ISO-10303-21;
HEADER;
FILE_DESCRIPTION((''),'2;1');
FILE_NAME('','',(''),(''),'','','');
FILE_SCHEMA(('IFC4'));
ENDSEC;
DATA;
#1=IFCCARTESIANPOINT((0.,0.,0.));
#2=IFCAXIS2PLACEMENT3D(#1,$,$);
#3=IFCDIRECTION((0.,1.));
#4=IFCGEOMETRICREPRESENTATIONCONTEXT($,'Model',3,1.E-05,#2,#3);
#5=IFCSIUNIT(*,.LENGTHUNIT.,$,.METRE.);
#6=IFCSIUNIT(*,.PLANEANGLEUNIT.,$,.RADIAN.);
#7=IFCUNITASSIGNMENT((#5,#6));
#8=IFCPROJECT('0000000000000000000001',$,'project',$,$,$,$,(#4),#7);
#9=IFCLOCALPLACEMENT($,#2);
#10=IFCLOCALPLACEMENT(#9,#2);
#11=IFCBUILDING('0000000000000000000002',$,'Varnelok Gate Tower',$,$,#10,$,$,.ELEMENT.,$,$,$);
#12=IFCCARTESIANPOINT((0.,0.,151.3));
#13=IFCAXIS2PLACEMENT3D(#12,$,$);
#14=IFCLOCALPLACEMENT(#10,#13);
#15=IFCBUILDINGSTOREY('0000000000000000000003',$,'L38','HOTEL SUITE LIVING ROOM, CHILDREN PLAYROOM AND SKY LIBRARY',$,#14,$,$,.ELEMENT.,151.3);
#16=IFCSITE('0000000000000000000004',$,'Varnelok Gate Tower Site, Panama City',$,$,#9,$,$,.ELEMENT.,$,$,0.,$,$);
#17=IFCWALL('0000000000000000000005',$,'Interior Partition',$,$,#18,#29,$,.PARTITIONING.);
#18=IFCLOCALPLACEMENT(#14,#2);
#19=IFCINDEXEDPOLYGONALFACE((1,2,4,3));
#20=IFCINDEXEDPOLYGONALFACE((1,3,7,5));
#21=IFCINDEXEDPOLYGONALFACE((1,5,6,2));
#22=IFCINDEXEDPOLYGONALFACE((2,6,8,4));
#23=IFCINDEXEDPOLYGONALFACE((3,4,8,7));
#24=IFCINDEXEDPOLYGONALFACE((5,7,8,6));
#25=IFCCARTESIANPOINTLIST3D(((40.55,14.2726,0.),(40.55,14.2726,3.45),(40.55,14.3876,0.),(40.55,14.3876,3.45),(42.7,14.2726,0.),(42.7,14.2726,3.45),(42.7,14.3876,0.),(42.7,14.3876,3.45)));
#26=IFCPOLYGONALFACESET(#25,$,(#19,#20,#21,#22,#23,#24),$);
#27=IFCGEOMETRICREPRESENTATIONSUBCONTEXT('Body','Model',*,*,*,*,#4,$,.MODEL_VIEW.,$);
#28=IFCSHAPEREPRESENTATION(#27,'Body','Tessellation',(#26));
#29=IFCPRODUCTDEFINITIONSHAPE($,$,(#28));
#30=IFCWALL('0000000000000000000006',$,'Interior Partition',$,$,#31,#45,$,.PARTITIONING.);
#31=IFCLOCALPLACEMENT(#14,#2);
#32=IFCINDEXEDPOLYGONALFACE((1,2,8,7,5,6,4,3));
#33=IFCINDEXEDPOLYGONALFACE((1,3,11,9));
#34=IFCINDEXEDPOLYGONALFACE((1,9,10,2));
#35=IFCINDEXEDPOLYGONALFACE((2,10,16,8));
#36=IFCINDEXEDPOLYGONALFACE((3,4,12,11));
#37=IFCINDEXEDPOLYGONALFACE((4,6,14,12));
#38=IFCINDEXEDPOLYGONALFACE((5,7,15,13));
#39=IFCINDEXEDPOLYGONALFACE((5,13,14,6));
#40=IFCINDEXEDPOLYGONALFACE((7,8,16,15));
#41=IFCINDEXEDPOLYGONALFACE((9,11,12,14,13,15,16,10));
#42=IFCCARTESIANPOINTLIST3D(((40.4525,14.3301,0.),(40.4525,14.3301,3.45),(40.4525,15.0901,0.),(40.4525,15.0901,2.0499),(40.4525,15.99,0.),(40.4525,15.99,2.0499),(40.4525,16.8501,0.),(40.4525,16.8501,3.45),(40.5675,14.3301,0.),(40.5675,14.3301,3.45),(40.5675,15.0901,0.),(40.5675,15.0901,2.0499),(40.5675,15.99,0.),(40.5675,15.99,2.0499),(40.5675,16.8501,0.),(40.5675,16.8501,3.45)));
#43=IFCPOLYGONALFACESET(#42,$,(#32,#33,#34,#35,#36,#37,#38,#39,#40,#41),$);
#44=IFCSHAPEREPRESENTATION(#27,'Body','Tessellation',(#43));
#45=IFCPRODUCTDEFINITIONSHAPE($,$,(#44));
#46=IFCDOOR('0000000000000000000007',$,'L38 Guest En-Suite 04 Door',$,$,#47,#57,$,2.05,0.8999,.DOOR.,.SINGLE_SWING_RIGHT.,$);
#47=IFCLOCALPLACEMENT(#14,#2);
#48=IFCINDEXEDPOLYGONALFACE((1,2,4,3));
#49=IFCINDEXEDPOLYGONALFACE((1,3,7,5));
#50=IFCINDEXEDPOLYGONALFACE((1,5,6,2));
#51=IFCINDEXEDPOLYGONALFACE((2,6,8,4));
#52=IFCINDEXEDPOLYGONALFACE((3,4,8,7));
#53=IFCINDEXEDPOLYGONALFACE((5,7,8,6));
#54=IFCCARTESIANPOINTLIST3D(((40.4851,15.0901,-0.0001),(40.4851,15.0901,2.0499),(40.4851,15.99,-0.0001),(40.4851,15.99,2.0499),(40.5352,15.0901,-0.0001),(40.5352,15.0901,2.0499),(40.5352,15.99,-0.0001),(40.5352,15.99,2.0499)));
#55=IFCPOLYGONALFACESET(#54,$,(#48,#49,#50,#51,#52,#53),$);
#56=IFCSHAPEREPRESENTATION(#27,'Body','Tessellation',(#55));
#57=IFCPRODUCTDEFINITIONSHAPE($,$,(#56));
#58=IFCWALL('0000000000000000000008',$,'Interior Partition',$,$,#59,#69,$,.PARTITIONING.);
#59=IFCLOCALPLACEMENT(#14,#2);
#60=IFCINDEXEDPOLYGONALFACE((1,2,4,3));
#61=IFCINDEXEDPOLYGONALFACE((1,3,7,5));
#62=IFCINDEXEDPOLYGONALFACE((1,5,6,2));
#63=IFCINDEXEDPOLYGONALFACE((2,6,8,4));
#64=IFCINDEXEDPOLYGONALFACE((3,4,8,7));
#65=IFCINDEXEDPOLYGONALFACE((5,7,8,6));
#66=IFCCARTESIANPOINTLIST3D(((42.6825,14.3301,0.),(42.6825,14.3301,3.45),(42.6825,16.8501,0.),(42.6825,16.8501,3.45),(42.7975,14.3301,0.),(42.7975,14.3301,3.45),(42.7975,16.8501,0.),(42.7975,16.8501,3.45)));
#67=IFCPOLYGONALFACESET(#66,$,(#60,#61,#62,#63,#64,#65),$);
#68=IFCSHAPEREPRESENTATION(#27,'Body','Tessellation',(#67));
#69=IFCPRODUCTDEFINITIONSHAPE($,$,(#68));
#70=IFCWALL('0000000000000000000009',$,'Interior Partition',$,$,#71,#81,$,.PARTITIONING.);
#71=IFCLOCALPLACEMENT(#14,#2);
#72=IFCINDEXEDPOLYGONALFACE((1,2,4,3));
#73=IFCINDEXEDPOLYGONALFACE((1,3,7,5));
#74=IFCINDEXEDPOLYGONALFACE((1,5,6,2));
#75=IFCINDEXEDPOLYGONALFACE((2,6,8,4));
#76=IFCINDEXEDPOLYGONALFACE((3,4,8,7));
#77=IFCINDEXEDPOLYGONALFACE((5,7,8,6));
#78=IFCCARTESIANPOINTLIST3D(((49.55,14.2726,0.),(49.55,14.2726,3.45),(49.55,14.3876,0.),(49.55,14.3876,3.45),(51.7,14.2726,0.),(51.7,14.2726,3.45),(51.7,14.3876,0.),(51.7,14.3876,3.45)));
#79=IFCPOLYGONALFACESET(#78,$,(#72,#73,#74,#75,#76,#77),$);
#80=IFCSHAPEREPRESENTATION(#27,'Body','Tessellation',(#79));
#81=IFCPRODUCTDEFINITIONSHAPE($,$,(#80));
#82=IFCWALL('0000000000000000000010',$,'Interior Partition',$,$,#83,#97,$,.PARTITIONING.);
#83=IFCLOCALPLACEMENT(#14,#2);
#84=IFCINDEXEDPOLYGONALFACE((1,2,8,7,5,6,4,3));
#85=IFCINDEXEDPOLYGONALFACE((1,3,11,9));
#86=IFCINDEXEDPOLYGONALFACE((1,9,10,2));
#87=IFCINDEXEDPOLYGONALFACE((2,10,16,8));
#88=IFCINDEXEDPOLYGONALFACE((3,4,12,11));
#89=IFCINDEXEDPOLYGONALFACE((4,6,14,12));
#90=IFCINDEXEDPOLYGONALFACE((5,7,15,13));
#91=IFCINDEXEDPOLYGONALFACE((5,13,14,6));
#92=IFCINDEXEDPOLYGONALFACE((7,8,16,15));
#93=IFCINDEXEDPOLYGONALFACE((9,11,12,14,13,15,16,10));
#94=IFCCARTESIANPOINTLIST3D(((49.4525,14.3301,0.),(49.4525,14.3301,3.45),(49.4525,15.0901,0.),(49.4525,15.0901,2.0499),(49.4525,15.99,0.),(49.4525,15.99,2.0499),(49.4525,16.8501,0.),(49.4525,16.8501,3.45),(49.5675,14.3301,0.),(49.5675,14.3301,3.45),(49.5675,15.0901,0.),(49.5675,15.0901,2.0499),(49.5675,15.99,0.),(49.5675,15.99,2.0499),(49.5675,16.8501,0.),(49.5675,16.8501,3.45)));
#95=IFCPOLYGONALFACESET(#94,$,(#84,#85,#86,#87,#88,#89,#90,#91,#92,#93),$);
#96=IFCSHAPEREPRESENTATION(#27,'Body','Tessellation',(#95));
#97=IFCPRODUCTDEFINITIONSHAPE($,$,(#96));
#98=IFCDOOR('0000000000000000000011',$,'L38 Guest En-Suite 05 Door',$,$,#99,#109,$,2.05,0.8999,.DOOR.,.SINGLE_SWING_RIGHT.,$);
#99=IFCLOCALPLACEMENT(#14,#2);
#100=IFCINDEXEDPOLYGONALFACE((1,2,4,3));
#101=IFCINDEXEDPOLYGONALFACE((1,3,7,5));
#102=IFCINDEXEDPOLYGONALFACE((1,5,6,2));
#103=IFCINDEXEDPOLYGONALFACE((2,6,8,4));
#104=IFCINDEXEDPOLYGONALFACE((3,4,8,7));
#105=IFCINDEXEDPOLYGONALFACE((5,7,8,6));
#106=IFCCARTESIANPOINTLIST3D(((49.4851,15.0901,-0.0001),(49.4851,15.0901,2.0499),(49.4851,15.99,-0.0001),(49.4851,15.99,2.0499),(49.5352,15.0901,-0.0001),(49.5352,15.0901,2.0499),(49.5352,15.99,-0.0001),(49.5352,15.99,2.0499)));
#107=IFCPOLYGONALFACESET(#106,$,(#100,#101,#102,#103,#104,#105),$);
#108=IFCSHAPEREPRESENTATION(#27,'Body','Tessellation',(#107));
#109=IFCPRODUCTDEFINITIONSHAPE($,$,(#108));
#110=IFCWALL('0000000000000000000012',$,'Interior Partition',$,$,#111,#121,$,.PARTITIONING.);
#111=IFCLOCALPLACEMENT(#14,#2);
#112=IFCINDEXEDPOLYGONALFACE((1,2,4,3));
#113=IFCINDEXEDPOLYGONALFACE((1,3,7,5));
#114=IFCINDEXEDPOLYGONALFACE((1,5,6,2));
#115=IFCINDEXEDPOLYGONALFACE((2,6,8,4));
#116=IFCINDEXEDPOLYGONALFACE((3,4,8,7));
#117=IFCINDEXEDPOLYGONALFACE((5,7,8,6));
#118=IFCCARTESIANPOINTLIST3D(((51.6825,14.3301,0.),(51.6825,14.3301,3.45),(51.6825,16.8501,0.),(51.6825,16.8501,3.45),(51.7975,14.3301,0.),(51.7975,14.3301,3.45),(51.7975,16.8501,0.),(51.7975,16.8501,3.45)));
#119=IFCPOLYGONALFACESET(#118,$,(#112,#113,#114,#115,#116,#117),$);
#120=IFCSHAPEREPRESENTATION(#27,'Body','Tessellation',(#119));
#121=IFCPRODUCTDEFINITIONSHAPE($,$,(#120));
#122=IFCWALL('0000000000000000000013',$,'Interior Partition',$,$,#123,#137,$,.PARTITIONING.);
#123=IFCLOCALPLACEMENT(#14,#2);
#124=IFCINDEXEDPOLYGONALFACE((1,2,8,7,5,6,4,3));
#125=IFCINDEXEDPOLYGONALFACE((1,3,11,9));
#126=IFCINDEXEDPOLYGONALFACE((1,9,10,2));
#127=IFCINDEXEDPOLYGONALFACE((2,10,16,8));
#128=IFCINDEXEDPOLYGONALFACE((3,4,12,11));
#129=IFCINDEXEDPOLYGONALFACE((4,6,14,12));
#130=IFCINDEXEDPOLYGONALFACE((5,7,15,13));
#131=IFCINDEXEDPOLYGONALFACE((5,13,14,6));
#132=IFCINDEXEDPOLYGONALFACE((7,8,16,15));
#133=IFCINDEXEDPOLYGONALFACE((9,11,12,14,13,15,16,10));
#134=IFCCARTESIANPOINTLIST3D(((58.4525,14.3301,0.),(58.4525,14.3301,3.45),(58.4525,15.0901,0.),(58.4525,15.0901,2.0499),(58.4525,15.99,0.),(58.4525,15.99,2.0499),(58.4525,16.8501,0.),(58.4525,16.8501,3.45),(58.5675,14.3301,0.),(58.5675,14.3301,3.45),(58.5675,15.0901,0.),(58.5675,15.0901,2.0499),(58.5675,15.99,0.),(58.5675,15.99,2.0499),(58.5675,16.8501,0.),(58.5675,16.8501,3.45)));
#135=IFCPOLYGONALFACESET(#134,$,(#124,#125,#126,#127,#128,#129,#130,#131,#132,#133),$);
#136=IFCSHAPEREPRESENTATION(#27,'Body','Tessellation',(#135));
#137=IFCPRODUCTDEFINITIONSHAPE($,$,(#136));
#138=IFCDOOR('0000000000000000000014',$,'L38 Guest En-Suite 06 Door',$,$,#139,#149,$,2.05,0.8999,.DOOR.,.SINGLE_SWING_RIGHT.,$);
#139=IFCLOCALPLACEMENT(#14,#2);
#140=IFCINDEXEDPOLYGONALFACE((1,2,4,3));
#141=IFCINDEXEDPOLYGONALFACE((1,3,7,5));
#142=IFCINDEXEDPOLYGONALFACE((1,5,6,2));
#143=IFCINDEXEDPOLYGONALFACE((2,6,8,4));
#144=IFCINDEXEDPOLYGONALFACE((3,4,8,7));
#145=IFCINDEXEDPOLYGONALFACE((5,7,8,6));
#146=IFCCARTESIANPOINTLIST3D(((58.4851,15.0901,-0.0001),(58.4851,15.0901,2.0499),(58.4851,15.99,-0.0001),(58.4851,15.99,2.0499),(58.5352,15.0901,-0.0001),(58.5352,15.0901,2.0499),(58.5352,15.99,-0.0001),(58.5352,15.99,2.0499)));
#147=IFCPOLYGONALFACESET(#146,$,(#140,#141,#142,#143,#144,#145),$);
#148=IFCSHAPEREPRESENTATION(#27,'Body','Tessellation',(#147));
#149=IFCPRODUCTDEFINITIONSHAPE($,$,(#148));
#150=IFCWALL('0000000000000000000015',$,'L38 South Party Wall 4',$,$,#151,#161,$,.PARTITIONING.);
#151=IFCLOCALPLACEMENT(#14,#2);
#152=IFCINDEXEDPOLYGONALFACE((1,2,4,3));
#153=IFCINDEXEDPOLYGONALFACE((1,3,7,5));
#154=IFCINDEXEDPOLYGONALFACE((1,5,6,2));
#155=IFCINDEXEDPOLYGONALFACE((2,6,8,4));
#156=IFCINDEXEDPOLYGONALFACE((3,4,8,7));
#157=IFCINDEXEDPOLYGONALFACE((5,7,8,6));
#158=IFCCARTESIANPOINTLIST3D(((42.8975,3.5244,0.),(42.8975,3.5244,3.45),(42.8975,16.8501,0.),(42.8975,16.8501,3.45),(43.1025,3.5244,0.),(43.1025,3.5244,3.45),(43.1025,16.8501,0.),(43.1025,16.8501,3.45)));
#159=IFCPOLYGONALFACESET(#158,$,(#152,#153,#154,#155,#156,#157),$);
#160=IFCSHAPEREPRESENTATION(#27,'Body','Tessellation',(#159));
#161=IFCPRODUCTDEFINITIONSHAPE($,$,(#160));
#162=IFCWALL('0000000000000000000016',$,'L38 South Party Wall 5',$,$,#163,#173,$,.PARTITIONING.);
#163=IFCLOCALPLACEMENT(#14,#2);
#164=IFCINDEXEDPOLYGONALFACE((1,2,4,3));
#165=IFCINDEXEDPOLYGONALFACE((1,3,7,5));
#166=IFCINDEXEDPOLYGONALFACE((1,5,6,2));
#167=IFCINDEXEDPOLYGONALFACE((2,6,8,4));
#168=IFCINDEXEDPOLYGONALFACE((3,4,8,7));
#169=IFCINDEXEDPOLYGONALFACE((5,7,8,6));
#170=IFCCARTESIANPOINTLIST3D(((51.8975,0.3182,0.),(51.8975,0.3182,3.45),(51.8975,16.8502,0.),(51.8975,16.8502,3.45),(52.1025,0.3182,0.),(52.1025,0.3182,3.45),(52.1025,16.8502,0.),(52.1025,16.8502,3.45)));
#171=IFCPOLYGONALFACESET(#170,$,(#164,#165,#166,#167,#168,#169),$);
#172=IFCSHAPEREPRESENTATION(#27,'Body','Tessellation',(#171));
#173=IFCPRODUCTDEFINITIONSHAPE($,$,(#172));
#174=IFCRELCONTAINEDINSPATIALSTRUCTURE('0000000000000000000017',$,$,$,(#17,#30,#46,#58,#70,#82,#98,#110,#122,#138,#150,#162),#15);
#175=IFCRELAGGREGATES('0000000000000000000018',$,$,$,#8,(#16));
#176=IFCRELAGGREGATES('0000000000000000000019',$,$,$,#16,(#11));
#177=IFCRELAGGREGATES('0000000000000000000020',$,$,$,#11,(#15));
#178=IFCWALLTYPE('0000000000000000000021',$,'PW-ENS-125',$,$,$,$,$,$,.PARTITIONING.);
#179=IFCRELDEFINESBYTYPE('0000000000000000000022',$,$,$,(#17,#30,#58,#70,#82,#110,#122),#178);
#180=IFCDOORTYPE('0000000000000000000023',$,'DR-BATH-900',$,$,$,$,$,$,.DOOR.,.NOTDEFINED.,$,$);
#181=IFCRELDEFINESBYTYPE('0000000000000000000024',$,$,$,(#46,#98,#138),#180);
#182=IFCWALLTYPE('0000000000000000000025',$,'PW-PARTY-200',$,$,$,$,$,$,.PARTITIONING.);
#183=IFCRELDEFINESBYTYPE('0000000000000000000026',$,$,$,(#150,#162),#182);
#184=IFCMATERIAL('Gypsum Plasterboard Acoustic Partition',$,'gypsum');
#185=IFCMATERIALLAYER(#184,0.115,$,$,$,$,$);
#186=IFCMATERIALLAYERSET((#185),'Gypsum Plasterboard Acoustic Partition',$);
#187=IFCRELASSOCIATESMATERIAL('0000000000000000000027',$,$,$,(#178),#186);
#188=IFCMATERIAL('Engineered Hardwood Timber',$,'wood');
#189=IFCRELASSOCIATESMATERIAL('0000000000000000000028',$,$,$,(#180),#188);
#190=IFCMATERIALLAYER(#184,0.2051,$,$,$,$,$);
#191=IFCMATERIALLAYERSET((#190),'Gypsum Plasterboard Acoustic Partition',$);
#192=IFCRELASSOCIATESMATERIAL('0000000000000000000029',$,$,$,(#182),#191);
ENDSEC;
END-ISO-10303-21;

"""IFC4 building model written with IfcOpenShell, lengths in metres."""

from ifc_helpers import new_model, si_unit, direction, frame, frame_2d, origin, place, context, subcontext, project, spatial, rectangle, extrude, material, layer, layer_set, type_object, element, fill, save


model = new_model("IFC4")

# Units and contexts
model_context = context("Model", 3, precision=1e-05, world=origin(), true_north=direction((0.0, 1.0)))
body_context = subcontext(model_context, "Body", "Model", "MODEL_VIEW")
ifc_project = project(units=[si_unit("LENGTHUNIT", "METRE"), si_unit("PLANEANGLEUNIT", "RADIAN")], contexts=[model_context])

# Site, building, storey
site_placement = place(None, origin())
site = spatial("IfcSite", under=ifc_project, at=site_placement, Name="Varnelok Gate Tower Site, Panama City", CompositionType="ELEMENT", RefElevation=0.0)
building_placement = place(site_placement, origin())
building = spatial("IfcBuilding", under=site, at=building_placement, Name="Varnelok Gate Tower", CompositionType="ELEMENT")
storey_placement = place(building_placement, frame((0.0, 0.0, 151.3)))
storey = spatial("IfcBuildingStorey", under=building, at=storey_placement, Name="L38", Description="HOTEL SUITE LIVING ROOM, CHILDREN PLAYROOM AND SKY LIBRARY", CompositionType="ELEMENT", Elevation=151.3)

# Wall
ifc_material_1 = material(Name="Gypsum Plasterboard Acoustic Partition", Category="gypsum")
ifc_layer_1 = layer(ifc_material_1, 0.115)
ifc_layer_set_1 = layer_set([ifc_layer_1], Name="Gypsum Plasterboard Acoustic Partition")
wall_type_1 = type_object("IfcWallType", Name="PW-ENS-125", PredefinedType="PARTITIONING", material=ifc_layer_set_1)
wall_1_placement = place(storey_placement, frame((40.55, 14.3301, 0.0), z_axis=(0.0, 0.0, 1.0), x_axis=(1.0, 0.0, 0.0)))
element("IfcWall", 1, at=wall_1_placement, inside=storey, type_object=wall_type_1, Name="Interior Partition", PredefinedType="PARTITIONING", context=body_context, shape_type="SweptSolid", body=[
    extrude(rectangle(XDim=2.1499, YDim=0.115, at=frame_2d((1.075, 0.0))), origin(), (0.0, 0.0, 1.0), 3.45),
])

# Wall, opening, door
wall_2_placement = place(storey_placement, frame((40.51, 14.3301, 0.0), z_axis=(0.0, 0.0, 1.0), x_axis=(0.0, 1.0, 0.0)))
wall_2 = element("IfcWall", 2, at=wall_2_placement, inside=storey, type_object=wall_type_1, Name="Interior Partition", PredefinedType="PARTITIONING", context=body_context, shape_type="SweptSolid", body=[
    extrude(rectangle(XDim=2.52, YDim=0.115, at=frame_2d((1.26, 0.0))), origin(), (0.0, 0.0, 1.0), 3.45),
])
opening_1_placement = place(wall_2_placement, frame((0.76, 0.0, 0.0)))
opening_1 = element("IfcOpeningElement", 3, at=opening_1_placement, cuts=wall_2, PredefinedType="OPENING", context=body_context, shape_type="SweptSolid", body=[
    extrude(rectangle(XDim=0.8999, YDim=2.05, at=frame_2d((0.45, 1.0249))), frame((0.0, 0.0674, 0.0), z_axis=(0.0, -1.0, 0.0), x_axis=(1.0, 0.0, 0.0)), (0.0, 0.0, 1.0), 0.135),
])
ifc_material_2 = material(Name="Engineered Hardwood Timber", Category="wood")
door_type_1 = type_object("IfcDoorType", Name="DR-BATH-900", OperationType="NOTDEFINED", PredefinedType="DOOR", material=ifc_material_2)
door_1_placement = place(opening_1_placement, origin())
door_1 = element("IfcDoor", 4, at=door_1_placement, inside=storey, type_object=door_type_1, Name="L38 Guest En-Suite 04 Door", OperationType="SINGLE_SWING_RIGHT", OverallHeight=2.05, OverallWidth=0.8999, PredefinedType="DOOR", context=body_context, shape_type="SweptSolid", body=[
    extrude(rectangle(XDim=0.8999, YDim=2.05, at=frame_2d((0.45, 1.0249))), frame((0.0, 0.0249, 0.0), z_axis=(0.0, -1.0, 0.0), x_axis=(1.0, 0.0, 0.0)), (0.0, 0.0, 1.0), 0.05),
])
fill(opening_1, door_1)

# Walls
wall_3_placement = place(storey_placement, frame((42.74, 14.3301, 0.0), z_axis=(0.0, 0.0, 1.0), x_axis=(0.0, 1.0, 0.0)))
element("IfcWall", 5, at=wall_3_placement, inside=storey, type_object=wall_type_1, Name="Interior Partition", PredefinedType="PARTITIONING", context=body_context, shape_type="SweptSolid", body=[
    extrude(rectangle(XDim=2.52, YDim=0.115, at=frame_2d((1.26, 0.0))), origin(), (0.0, 0.0, 1.0), 3.45),
])
wall_4_placement = place(storey_placement, frame((49.55, 14.3301, 0.0), z_axis=(0.0, 0.0, 1.0), x_axis=(1.0, 0.0, 0.0)))
element("IfcWall", 6, at=wall_4_placement, inside=storey, type_object=wall_type_1, Name="Interior Partition", PredefinedType="PARTITIONING", context=body_context, shape_type="SweptSolid", body=[
    extrude(rectangle(XDim=2.1499, YDim=0.115, at=frame_2d((1.075, 0.0))), origin(), (0.0, 0.0, 1.0), 3.45),
])

# Wall, opening, door
wall_5_placement = place(storey_placement, frame((49.51, 14.3301, 0.0), z_axis=(0.0, 0.0, 1.0), x_axis=(0.0, 1.0, 0.0)))
wall_5 = element("IfcWall", 7, at=wall_5_placement, inside=storey, type_object=wall_type_1, Name="Interior Partition", PredefinedType="PARTITIONING", context=body_context, shape_type="SweptSolid", body=[
    extrude(rectangle(XDim=2.52, YDim=0.115, at=frame_2d((1.26, 0.0))), origin(), (0.0, 0.0, 1.0), 3.45),
])
opening_2_placement = place(wall_5_placement, frame((0.76, 0.0, 0.0)))
opening_2 = element("IfcOpeningElement", 8, at=opening_2_placement, cuts=wall_5, PredefinedType="OPENING", context=body_context, shape_type="SweptSolid", body=[
    extrude(rectangle(XDim=0.8999, YDim=2.05, at=frame_2d((0.45, 1.0249))), frame((0.0, 0.0674, 0.0), z_axis=(0.0, -1.0, 0.0), x_axis=(1.0, 0.0, 0.0)), (0.0, 0.0, 1.0), 0.135),
])
door_2_placement = place(opening_2_placement, origin())
door_2 = element("IfcDoor", 9, at=door_2_placement, inside=storey, type_object=door_type_1, Name="L38 Guest En-Suite 05 Door", OperationType="SINGLE_SWING_RIGHT", OverallHeight=2.05, OverallWidth=0.8999, PredefinedType="DOOR", context=body_context, shape_type="SweptSolid", body=[
    extrude(rectangle(XDim=0.8999, YDim=2.05, at=frame_2d((0.45, 1.0249))), frame((0.0, 0.0249, 0.0), z_axis=(0.0, -1.0, 0.0), x_axis=(1.0, 0.0, 0.0)), (0.0, 0.0, 1.0), 0.05),
])
fill(opening_2, door_2)

# Wall
wall_6_placement = place(storey_placement, frame((51.74, 14.3301, 0.0), z_axis=(0.0, 0.0, 1.0), x_axis=(0.0, 1.0, 0.0)))
element("IfcWall", 10, at=wall_6_placement, inside=storey, type_object=wall_type_1, Name="Interior Partition", PredefinedType="PARTITIONING", context=body_context, shape_type="SweptSolid", body=[
    extrude(rectangle(XDim=2.52, YDim=0.115, at=frame_2d((1.26, 0.0))), origin(), (0.0, 0.0, 1.0), 3.45),
])

# Wall, opening, door
wall_7_placement = place(storey_placement, frame((58.51, 14.3301, 0.0), z_axis=(0.0, 0.0, 1.0), x_axis=(0.0, 1.0, 0.0)))
wall_7 = element("IfcWall", 11, at=wall_7_placement, inside=storey, type_object=wall_type_1, Name="Interior Partition", PredefinedType="PARTITIONING", context=body_context, shape_type="SweptSolid", body=[
    extrude(rectangle(XDim=2.52, YDim=0.115, at=frame_2d((1.26, 0.0))), origin(), (0.0, 0.0, 1.0), 3.45),
])
opening_3_placement = place(wall_7_placement, frame((0.76, 0.0, 0.0)))
opening_3 = element("IfcOpeningElement", 12, at=opening_3_placement, cuts=wall_7, PredefinedType="OPENING", context=body_context, shape_type="SweptSolid", body=[
    extrude(rectangle(XDim=0.8999, YDim=2.05, at=frame_2d((0.45, 1.0249))), frame((0.0, 0.0674, 0.0), z_axis=(0.0, -1.0, 0.0), x_axis=(1.0, 0.0, 0.0)), (0.0, 0.0, 1.0), 0.135),
])
door_3_placement = place(opening_3_placement, origin())
door_3 = element("IfcDoor", 13, at=door_3_placement, inside=storey, type_object=door_type_1, Name="L38 Guest En-Suite 06 Door", OperationType="SINGLE_SWING_RIGHT", OverallHeight=2.05, OverallWidth=0.8999, PredefinedType="DOOR", context=body_context, shape_type="SweptSolid", body=[
    extrude(rectangle(XDim=0.8999, YDim=2.05, at=frame_2d((0.45, 1.0249))), frame((0.0, 0.0249, 0.0), z_axis=(0.0, -1.0, 0.0), x_axis=(1.0, 0.0, 0.0)), (0.0, 0.0, 1.0), 0.05),
])
fill(opening_3, door_3)

# Walls
ifc_layer_2 = layer(ifc_material_1, 0.2051)
ifc_layer_set_2 = layer_set([ifc_layer_2], Name="Gypsum Plasterboard Acoustic Partition")
wall_type_2 = type_object("IfcWallType", Name="PW-PARTY-200", PredefinedType="PARTITIONING", material=ifc_layer_set_2)
wall_8_placement = place(storey_placement, frame((43.0, 3.5244, 0.0), z_axis=(0.0, 0.0, 1.0), x_axis=(0.0, 1.0, 0.0)))
element("IfcWall", 14, at=wall_8_placement, inside=storey, type_object=wall_type_2, Name="L38 South Party Wall 4", PredefinedType="PARTITIONING", context=body_context, shape_type="SweptSolid", body=[
    extrude(rectangle(XDim=13.3257, YDim=0.2051, at=frame_2d((6.6628, 0.0))), origin(), (0.0, 0.0, 1.0), 3.45),
])
wall_9_placement = place(storey_placement, frame((52.0, 0.3181, 0.0), z_axis=(0.0, 0.0, 1.0), x_axis=(0.0, 1.0, 0.0)))
element("IfcWall", 15, at=wall_9_placement, inside=storey, type_object=wall_type_2, Name="L38 South Party Wall 5", PredefinedType="PARTITIONING", context=body_context, shape_type="SweptSolid", body=[
    extrude(rectangle(XDim=16.532, YDim=0.2051, at=frame_2d((8.2661, 0.0))), origin(), (0.0, 0.0, 1.0), 3.45),
])

save(model, "model.ifc")
